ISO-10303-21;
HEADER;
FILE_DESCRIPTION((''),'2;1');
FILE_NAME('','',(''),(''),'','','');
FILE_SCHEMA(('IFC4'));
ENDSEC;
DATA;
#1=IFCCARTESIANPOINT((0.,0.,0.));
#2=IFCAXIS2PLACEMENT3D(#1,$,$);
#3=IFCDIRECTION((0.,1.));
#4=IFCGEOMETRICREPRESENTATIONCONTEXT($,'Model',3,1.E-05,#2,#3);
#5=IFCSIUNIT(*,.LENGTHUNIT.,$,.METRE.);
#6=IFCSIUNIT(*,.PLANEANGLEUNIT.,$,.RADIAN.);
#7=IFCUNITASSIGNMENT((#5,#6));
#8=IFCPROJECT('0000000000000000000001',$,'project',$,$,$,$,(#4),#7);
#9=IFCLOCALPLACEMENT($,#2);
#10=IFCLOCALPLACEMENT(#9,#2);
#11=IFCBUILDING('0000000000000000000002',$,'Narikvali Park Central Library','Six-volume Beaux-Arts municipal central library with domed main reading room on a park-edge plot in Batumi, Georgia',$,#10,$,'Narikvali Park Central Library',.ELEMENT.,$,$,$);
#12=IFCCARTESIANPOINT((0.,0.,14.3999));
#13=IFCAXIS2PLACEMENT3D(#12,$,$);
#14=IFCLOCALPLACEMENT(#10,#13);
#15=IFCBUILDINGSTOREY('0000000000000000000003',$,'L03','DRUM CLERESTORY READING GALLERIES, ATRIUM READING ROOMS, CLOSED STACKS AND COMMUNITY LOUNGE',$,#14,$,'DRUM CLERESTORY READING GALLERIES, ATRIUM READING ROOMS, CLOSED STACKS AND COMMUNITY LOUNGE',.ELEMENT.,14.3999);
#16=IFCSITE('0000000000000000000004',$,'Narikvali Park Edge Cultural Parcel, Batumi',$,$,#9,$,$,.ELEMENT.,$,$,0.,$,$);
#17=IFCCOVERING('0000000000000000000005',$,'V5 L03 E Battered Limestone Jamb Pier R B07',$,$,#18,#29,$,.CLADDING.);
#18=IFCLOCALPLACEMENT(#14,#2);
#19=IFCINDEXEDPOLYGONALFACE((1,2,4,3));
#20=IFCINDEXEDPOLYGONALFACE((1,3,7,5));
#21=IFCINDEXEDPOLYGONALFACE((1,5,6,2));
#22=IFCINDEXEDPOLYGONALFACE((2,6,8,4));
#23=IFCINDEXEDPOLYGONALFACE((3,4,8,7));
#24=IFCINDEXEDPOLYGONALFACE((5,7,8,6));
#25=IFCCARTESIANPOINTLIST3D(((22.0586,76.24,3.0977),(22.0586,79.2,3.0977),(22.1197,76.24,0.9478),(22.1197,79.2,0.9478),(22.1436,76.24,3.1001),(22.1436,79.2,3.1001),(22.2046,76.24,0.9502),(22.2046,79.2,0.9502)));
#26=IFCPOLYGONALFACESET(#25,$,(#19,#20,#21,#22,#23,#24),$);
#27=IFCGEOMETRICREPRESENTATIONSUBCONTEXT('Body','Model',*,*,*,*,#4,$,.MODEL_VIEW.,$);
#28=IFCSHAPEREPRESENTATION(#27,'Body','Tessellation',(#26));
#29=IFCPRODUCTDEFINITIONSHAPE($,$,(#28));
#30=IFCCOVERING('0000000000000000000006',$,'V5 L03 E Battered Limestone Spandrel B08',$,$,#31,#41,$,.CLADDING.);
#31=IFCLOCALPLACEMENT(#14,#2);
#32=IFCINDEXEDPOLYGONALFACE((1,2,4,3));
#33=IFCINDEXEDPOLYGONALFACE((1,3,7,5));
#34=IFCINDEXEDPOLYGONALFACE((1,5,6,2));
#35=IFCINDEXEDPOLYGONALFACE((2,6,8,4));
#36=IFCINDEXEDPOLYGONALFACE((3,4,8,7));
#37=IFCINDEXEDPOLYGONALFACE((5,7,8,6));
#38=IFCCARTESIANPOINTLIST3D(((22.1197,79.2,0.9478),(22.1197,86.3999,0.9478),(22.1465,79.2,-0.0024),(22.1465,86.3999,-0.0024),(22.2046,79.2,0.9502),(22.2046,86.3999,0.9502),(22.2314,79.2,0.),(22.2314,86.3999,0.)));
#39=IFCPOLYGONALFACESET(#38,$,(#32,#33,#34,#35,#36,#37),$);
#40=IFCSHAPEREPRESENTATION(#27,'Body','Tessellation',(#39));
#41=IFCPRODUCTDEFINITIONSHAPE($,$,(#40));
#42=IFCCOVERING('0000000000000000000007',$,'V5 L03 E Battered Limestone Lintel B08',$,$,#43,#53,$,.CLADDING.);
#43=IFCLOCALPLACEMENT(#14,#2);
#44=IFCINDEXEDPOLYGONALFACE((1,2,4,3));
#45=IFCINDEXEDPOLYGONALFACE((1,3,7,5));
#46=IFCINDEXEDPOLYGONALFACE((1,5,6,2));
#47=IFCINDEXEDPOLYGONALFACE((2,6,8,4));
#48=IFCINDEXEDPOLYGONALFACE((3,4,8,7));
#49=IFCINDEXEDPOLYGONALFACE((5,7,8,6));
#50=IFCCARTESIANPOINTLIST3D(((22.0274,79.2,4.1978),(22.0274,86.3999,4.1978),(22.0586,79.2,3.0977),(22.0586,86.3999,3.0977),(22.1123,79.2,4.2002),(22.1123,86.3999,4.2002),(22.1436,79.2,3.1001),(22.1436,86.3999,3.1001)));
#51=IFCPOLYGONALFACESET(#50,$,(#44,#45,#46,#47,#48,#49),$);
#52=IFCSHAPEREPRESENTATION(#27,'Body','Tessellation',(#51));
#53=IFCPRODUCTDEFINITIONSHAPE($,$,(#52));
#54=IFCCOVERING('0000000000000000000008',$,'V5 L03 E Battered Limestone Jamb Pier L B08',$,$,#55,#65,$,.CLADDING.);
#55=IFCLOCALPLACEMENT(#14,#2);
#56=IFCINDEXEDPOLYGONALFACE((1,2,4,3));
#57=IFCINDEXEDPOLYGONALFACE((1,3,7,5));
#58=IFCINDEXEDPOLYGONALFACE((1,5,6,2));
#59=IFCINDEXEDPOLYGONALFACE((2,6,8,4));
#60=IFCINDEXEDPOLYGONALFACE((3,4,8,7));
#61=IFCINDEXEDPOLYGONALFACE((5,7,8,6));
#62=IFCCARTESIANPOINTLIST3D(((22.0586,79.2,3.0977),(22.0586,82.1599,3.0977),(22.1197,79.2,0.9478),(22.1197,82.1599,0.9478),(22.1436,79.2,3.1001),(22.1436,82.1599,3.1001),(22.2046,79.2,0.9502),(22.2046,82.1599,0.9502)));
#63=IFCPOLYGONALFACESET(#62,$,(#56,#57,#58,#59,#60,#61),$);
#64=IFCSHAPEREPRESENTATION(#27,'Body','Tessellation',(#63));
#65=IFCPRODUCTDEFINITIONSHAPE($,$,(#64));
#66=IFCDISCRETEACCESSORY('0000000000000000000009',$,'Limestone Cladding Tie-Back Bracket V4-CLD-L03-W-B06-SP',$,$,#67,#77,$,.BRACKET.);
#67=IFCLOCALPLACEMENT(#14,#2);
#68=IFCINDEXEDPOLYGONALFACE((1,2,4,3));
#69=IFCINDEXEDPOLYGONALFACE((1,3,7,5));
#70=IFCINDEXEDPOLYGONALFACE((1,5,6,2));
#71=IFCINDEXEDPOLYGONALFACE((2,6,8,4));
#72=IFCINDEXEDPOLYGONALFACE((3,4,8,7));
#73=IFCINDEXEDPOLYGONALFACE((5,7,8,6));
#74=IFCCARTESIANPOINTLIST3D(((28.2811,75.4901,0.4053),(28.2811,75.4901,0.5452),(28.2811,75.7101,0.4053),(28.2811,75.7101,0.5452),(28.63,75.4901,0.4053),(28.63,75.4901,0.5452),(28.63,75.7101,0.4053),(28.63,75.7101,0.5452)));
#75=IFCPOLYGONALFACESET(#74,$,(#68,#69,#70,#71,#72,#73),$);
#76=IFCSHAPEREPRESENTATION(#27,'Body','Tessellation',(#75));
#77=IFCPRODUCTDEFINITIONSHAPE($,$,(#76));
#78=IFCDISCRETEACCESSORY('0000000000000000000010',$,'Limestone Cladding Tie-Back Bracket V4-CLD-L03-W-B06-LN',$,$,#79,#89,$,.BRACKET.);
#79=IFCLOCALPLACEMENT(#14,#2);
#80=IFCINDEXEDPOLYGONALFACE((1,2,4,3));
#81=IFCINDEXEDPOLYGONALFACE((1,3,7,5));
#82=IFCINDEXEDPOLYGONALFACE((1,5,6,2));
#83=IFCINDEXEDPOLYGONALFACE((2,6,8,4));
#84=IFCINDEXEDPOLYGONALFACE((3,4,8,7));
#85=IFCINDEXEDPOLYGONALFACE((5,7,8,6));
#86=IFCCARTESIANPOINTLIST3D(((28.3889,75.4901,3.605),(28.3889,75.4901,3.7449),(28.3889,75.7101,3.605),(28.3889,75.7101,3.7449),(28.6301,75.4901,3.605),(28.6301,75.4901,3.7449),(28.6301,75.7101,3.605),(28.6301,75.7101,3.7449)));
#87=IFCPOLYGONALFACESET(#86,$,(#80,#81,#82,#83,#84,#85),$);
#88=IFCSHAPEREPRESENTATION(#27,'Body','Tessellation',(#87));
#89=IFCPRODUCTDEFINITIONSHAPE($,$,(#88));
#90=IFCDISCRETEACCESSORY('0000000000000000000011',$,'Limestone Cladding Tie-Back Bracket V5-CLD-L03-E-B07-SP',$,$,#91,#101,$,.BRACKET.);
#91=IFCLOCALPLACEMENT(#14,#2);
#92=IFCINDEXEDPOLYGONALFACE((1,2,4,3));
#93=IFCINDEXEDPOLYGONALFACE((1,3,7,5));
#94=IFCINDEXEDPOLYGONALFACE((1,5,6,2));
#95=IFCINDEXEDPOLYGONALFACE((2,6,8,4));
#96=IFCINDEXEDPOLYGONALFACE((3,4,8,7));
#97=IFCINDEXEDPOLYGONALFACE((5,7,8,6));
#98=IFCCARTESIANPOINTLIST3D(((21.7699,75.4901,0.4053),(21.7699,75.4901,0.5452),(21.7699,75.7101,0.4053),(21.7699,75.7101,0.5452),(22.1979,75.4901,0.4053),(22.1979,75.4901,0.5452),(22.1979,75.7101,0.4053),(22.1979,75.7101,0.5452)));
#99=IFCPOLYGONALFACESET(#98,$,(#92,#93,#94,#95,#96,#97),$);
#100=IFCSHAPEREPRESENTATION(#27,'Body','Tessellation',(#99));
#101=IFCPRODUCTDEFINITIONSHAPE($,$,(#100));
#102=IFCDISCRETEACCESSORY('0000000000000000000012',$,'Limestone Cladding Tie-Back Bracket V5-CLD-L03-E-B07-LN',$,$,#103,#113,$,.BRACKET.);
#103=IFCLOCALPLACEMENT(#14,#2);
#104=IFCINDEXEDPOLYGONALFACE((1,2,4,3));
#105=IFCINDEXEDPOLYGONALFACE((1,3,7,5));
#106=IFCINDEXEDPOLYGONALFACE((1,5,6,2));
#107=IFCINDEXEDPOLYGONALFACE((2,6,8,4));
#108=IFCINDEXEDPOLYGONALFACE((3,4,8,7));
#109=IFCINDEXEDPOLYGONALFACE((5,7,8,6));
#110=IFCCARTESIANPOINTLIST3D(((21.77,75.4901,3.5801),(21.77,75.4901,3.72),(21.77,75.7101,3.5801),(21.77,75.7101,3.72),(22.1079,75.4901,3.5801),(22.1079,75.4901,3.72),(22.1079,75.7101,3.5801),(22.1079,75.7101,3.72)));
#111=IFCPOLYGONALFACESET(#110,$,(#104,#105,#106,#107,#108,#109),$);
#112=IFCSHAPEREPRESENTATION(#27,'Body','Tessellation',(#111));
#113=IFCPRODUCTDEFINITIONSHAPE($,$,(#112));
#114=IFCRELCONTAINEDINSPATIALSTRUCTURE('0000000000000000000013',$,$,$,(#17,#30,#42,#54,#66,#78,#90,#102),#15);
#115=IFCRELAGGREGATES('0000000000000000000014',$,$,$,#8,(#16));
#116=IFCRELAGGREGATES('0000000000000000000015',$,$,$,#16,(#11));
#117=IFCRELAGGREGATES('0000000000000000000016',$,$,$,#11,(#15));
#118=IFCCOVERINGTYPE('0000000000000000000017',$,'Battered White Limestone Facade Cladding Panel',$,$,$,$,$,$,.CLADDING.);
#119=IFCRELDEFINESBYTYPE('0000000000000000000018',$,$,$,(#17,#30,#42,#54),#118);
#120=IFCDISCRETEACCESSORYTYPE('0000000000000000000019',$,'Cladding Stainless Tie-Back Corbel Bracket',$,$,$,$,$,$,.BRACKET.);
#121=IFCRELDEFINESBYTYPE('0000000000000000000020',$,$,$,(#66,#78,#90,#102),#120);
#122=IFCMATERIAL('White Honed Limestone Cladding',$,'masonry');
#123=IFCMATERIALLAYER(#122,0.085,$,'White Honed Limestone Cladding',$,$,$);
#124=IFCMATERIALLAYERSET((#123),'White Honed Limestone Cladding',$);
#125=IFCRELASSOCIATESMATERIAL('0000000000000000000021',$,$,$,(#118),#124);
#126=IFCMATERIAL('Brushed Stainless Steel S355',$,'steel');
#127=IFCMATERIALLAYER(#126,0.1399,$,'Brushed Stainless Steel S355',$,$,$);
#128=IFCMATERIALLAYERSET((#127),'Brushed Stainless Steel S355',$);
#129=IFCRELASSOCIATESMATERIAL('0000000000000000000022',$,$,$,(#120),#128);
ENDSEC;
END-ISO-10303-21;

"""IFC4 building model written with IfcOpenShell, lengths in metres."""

from ifc_helpers import new_model, si_unit, direction, frame, origin, origin_2d, place, context, subcontext, project, spatial, polyline, rectangle, outline, extrude, material, layer, layer_set, type_object, element, save


model = new_model("IFC4")

# Units and contexts
model_context = context("Model", 3, precision=1e-05, world=origin(), true_north=direction((0.0, 1.0)))
body_context = subcontext(model_context, "Body", "Model", "MODEL_VIEW")
ifc_project = project(units=[si_unit("LENGTHUNIT", "METRE"), si_unit("PLANEANGLEUNIT", "RADIAN")], contexts=[model_context])

# Site, building, storey
site_placement = place(None, origin())
site = spatial("IfcSite", under=ifc_project, at=site_placement, Name="Narikvali Park Edge Cultural Parcel, Batumi", CompositionType="ELEMENT", RefElevation=0.0)
building_placement = place(site_placement, origin())
building = spatial("IfcBuilding", under=site, at=building_placement, Name="Narikvali Park Central Library", Description="Six-volume Beaux-Arts municipal central library with domed main reading room on a park-edge plot in Batumi, Georgia", LongName="Narikvali Park Central Library", CompositionType="ELEMENT")
storey_placement = place(building_placement, frame((0.0, 0.0, 14.3999)))
storey = spatial("IfcBuildingStorey", under=building, at=storey_placement, Name="L03", Description="DRUM CLERESTORY READING GALLERIES, ATRIUM READING ROOMS, CLOSED STACKS AND COMMUNITY LOUNGE", LongName="DRUM CLERESTORY READING GALLERIES, ATRIUM READING ROOMS, CLOSED STACKS AND COMMUNITY LOUNGE", CompositionType="ELEMENT", Elevation=14.3999)

# Coverings
ifc_material_1 = material(Name="White Honed Limestone Cladding", Category="masonry")
ifc_layer_1 = layer(ifc_material_1, 0.085, Name="White Honed Limestone Cladding")
ifc_layer_set_1 = layer_set([ifc_layer_1], Name="White Honed Limestone Cladding")
covering_type = type_object("IfcCoveringType", Name="Battered White Limestone Facade Cladding Panel", PredefinedType="CLADDING", material=ifc_layer_set_1)
covering_1_placement = place(storey_placement, frame((22.2046, 76.24, 0.9502), z_axis=(0.999597, 0.0, 0.028378), x_axis=(0.0, 1.0, 0.0)))
element("IfcCovering", 1, at=covering_1_placement, inside=storey, type_object=covering_type, Name="V5 L03 E Battered Limestone Jamb Pier R B07", PredefinedType="CLADDING", context=body_context, shape_type="SweptSolid", body=[
    extrude(outline(polyline([(0.0, 0.0), (2.96, 0.0), (2.96, 2.1508), (0.0, 2.1508), (0.0, 0.0)])), origin(), (0.0, 0.0, -1.0), 0.085),
])
covering_2_placement = place(storey_placement, frame((22.2314, 79.2, 0.0), z_axis=(0.999601, 0.0, 0.028252), x_axis=(0.0, 1.0, 0.0)))
element("IfcCovering", 2, at=covering_2_placement, inside=storey, type_object=covering_type, Name="V5 L03 E Battered Limestone Spandrel B08", PredefinedType="CLADDING", context=body_context, shape_type="SweptSolid", body=[
    extrude(outline(polyline([(0.0, 0.0), (7.2, 0.0), (7.2, 0.9506), (0.0, 0.9506), (0.0, 0.0)])), origin(), (0.0, 0.0, -1.0), 0.085),
])
covering_3_placement = place(storey_placement, frame((22.1436, 79.2, 3.1001), z_axis=(0.999597, 0.0, 0.028395), x_axis=(0.0, 1.0, 0.0)))
element("IfcCovering", 3, at=covering_3_placement, inside=storey, type_object=covering_type, Name="V5 L03 E Battered Limestone Lintel B08", PredefinedType="CLADDING", context=body_context, shape_type="SweptSolid", body=[
    extrude(outline(polyline([(0.0, 0.0), (7.2, 0.0), (7.2, 1.1005), (0.0, 1.1005), (0.0, 0.0)])), origin(), (0.0, 0.0, -1.0), 0.085),
])
covering_4_placement = place(storey_placement, frame((22.2046, 79.2, 0.9502), z_axis=(0.999597, 0.0, 0.028378), x_axis=(0.0, 1.0, 0.0)))
element("IfcCovering", 4, at=covering_4_placement, inside=storey, type_object=covering_type, Name="V5 L03 E Battered Limestone Jamb Pier L B08", PredefinedType="CLADDING", context=body_context, shape_type="SweptSolid", body=[
    extrude(outline(polyline([(0.0, 0.0), (2.96, 0.0), (2.96, 2.1508), (0.0, 2.1508), (0.0, 0.0)])), origin(), (0.0, 0.0, -1.0), 0.085),
])

# Discrete accessories
ifc_material_2 = material(Name="Brushed Stainless Steel S355", Category="steel")
ifc_layer_2 = layer(ifc_material_2, 0.1399, Name="Brushed Stainless Steel S355")
ifc_layer_set_2 = layer_set([ifc_layer_2], Name="Brushed Stainless Steel S355")
discrete_accessory_type = type_object("IfcDiscreteAccessoryType", Name="Cladding Stainless Tie-Back Corbel Bracket", PredefinedType="BRACKET", material=ifc_layer_set_2)
discrete_accessory_1_placement = place(storey_placement, frame((28.4556, 75.6001, 0.4053), z_axis=(0.0, 0.0, 1.0), x_axis=(1.0, 0.0, 0.0)))
element("IfcDiscreteAccessory", 5, at=discrete_accessory_1_placement, inside=storey, type_object=discrete_accessory_type, Name="Limestone Cladding Tie-Back Bracket V4-CLD-L03-W-B06-SP", PredefinedType="BRACKET", context=body_context, shape_type="SweptSolid", body=[
    extrude(rectangle(XDim=0.3489, YDim=0.22, at=origin_2d()), origin(), (0.0, 0.0, 1.0), 0.1399),
])
discrete_accessory_2_placement = place(storey_placement, frame((28.5095, 75.6001, 3.605), z_axis=(0.0, 0.0, 1.0), x_axis=(1.0, 0.0, 0.0)))
element("IfcDiscreteAccessory", 6, at=discrete_accessory_2_placement, inside=storey, type_object=discrete_accessory_type, Name="Limestone Cladding Tie-Back Bracket V4-CLD-L03-W-B06-LN", PredefinedType="BRACKET", context=body_context, shape_type="SweptSolid", body=[
    extrude(rectangle(XDim=0.2412, YDim=0.22, at=origin_2d()), origin(), (0.0, 0.0, 1.0), 0.1399),
])
discrete_accessory_3_placement = place(storey_placement, frame((21.9839, 75.6001, 0.4053), z_axis=(0.0, 0.0, 1.0), x_axis=(1.0, 0.0, 0.0)))
element("IfcDiscreteAccessory", 7, at=discrete_accessory_3_placement, inside=storey, type_object=discrete_accessory_type, Name="Limestone Cladding Tie-Back Bracket V5-CLD-L03-E-B07-SP", PredefinedType="BRACKET", context=body_context, shape_type="SweptSolid", body=[
    extrude(rectangle(XDim=0.428, YDim=0.22, at=origin_2d()), origin(), (0.0, 0.0, 1.0), 0.1399),
])
discrete_accessory_4_placement = place(storey_placement, frame((21.939, 75.6001, 3.5801), z_axis=(0.0, 0.0, 1.0), x_axis=(1.0, 0.0, 0.0)))
element("IfcDiscreteAccessory", 8, at=discrete_accessory_4_placement, inside=storey, type_object=discrete_accessory_type, Name="Limestone Cladding Tie-Back Bracket V5-CLD-L03-E-B07-LN", PredefinedType="BRACKET", context=body_context, shape_type="SweptSolid", body=[
    extrude(rectangle(XDim=0.3379, YDim=0.22, at=origin_2d()), origin(), (0.0, 0.0, 1.0), 0.1399),
])

save(model, "model.ifc")
